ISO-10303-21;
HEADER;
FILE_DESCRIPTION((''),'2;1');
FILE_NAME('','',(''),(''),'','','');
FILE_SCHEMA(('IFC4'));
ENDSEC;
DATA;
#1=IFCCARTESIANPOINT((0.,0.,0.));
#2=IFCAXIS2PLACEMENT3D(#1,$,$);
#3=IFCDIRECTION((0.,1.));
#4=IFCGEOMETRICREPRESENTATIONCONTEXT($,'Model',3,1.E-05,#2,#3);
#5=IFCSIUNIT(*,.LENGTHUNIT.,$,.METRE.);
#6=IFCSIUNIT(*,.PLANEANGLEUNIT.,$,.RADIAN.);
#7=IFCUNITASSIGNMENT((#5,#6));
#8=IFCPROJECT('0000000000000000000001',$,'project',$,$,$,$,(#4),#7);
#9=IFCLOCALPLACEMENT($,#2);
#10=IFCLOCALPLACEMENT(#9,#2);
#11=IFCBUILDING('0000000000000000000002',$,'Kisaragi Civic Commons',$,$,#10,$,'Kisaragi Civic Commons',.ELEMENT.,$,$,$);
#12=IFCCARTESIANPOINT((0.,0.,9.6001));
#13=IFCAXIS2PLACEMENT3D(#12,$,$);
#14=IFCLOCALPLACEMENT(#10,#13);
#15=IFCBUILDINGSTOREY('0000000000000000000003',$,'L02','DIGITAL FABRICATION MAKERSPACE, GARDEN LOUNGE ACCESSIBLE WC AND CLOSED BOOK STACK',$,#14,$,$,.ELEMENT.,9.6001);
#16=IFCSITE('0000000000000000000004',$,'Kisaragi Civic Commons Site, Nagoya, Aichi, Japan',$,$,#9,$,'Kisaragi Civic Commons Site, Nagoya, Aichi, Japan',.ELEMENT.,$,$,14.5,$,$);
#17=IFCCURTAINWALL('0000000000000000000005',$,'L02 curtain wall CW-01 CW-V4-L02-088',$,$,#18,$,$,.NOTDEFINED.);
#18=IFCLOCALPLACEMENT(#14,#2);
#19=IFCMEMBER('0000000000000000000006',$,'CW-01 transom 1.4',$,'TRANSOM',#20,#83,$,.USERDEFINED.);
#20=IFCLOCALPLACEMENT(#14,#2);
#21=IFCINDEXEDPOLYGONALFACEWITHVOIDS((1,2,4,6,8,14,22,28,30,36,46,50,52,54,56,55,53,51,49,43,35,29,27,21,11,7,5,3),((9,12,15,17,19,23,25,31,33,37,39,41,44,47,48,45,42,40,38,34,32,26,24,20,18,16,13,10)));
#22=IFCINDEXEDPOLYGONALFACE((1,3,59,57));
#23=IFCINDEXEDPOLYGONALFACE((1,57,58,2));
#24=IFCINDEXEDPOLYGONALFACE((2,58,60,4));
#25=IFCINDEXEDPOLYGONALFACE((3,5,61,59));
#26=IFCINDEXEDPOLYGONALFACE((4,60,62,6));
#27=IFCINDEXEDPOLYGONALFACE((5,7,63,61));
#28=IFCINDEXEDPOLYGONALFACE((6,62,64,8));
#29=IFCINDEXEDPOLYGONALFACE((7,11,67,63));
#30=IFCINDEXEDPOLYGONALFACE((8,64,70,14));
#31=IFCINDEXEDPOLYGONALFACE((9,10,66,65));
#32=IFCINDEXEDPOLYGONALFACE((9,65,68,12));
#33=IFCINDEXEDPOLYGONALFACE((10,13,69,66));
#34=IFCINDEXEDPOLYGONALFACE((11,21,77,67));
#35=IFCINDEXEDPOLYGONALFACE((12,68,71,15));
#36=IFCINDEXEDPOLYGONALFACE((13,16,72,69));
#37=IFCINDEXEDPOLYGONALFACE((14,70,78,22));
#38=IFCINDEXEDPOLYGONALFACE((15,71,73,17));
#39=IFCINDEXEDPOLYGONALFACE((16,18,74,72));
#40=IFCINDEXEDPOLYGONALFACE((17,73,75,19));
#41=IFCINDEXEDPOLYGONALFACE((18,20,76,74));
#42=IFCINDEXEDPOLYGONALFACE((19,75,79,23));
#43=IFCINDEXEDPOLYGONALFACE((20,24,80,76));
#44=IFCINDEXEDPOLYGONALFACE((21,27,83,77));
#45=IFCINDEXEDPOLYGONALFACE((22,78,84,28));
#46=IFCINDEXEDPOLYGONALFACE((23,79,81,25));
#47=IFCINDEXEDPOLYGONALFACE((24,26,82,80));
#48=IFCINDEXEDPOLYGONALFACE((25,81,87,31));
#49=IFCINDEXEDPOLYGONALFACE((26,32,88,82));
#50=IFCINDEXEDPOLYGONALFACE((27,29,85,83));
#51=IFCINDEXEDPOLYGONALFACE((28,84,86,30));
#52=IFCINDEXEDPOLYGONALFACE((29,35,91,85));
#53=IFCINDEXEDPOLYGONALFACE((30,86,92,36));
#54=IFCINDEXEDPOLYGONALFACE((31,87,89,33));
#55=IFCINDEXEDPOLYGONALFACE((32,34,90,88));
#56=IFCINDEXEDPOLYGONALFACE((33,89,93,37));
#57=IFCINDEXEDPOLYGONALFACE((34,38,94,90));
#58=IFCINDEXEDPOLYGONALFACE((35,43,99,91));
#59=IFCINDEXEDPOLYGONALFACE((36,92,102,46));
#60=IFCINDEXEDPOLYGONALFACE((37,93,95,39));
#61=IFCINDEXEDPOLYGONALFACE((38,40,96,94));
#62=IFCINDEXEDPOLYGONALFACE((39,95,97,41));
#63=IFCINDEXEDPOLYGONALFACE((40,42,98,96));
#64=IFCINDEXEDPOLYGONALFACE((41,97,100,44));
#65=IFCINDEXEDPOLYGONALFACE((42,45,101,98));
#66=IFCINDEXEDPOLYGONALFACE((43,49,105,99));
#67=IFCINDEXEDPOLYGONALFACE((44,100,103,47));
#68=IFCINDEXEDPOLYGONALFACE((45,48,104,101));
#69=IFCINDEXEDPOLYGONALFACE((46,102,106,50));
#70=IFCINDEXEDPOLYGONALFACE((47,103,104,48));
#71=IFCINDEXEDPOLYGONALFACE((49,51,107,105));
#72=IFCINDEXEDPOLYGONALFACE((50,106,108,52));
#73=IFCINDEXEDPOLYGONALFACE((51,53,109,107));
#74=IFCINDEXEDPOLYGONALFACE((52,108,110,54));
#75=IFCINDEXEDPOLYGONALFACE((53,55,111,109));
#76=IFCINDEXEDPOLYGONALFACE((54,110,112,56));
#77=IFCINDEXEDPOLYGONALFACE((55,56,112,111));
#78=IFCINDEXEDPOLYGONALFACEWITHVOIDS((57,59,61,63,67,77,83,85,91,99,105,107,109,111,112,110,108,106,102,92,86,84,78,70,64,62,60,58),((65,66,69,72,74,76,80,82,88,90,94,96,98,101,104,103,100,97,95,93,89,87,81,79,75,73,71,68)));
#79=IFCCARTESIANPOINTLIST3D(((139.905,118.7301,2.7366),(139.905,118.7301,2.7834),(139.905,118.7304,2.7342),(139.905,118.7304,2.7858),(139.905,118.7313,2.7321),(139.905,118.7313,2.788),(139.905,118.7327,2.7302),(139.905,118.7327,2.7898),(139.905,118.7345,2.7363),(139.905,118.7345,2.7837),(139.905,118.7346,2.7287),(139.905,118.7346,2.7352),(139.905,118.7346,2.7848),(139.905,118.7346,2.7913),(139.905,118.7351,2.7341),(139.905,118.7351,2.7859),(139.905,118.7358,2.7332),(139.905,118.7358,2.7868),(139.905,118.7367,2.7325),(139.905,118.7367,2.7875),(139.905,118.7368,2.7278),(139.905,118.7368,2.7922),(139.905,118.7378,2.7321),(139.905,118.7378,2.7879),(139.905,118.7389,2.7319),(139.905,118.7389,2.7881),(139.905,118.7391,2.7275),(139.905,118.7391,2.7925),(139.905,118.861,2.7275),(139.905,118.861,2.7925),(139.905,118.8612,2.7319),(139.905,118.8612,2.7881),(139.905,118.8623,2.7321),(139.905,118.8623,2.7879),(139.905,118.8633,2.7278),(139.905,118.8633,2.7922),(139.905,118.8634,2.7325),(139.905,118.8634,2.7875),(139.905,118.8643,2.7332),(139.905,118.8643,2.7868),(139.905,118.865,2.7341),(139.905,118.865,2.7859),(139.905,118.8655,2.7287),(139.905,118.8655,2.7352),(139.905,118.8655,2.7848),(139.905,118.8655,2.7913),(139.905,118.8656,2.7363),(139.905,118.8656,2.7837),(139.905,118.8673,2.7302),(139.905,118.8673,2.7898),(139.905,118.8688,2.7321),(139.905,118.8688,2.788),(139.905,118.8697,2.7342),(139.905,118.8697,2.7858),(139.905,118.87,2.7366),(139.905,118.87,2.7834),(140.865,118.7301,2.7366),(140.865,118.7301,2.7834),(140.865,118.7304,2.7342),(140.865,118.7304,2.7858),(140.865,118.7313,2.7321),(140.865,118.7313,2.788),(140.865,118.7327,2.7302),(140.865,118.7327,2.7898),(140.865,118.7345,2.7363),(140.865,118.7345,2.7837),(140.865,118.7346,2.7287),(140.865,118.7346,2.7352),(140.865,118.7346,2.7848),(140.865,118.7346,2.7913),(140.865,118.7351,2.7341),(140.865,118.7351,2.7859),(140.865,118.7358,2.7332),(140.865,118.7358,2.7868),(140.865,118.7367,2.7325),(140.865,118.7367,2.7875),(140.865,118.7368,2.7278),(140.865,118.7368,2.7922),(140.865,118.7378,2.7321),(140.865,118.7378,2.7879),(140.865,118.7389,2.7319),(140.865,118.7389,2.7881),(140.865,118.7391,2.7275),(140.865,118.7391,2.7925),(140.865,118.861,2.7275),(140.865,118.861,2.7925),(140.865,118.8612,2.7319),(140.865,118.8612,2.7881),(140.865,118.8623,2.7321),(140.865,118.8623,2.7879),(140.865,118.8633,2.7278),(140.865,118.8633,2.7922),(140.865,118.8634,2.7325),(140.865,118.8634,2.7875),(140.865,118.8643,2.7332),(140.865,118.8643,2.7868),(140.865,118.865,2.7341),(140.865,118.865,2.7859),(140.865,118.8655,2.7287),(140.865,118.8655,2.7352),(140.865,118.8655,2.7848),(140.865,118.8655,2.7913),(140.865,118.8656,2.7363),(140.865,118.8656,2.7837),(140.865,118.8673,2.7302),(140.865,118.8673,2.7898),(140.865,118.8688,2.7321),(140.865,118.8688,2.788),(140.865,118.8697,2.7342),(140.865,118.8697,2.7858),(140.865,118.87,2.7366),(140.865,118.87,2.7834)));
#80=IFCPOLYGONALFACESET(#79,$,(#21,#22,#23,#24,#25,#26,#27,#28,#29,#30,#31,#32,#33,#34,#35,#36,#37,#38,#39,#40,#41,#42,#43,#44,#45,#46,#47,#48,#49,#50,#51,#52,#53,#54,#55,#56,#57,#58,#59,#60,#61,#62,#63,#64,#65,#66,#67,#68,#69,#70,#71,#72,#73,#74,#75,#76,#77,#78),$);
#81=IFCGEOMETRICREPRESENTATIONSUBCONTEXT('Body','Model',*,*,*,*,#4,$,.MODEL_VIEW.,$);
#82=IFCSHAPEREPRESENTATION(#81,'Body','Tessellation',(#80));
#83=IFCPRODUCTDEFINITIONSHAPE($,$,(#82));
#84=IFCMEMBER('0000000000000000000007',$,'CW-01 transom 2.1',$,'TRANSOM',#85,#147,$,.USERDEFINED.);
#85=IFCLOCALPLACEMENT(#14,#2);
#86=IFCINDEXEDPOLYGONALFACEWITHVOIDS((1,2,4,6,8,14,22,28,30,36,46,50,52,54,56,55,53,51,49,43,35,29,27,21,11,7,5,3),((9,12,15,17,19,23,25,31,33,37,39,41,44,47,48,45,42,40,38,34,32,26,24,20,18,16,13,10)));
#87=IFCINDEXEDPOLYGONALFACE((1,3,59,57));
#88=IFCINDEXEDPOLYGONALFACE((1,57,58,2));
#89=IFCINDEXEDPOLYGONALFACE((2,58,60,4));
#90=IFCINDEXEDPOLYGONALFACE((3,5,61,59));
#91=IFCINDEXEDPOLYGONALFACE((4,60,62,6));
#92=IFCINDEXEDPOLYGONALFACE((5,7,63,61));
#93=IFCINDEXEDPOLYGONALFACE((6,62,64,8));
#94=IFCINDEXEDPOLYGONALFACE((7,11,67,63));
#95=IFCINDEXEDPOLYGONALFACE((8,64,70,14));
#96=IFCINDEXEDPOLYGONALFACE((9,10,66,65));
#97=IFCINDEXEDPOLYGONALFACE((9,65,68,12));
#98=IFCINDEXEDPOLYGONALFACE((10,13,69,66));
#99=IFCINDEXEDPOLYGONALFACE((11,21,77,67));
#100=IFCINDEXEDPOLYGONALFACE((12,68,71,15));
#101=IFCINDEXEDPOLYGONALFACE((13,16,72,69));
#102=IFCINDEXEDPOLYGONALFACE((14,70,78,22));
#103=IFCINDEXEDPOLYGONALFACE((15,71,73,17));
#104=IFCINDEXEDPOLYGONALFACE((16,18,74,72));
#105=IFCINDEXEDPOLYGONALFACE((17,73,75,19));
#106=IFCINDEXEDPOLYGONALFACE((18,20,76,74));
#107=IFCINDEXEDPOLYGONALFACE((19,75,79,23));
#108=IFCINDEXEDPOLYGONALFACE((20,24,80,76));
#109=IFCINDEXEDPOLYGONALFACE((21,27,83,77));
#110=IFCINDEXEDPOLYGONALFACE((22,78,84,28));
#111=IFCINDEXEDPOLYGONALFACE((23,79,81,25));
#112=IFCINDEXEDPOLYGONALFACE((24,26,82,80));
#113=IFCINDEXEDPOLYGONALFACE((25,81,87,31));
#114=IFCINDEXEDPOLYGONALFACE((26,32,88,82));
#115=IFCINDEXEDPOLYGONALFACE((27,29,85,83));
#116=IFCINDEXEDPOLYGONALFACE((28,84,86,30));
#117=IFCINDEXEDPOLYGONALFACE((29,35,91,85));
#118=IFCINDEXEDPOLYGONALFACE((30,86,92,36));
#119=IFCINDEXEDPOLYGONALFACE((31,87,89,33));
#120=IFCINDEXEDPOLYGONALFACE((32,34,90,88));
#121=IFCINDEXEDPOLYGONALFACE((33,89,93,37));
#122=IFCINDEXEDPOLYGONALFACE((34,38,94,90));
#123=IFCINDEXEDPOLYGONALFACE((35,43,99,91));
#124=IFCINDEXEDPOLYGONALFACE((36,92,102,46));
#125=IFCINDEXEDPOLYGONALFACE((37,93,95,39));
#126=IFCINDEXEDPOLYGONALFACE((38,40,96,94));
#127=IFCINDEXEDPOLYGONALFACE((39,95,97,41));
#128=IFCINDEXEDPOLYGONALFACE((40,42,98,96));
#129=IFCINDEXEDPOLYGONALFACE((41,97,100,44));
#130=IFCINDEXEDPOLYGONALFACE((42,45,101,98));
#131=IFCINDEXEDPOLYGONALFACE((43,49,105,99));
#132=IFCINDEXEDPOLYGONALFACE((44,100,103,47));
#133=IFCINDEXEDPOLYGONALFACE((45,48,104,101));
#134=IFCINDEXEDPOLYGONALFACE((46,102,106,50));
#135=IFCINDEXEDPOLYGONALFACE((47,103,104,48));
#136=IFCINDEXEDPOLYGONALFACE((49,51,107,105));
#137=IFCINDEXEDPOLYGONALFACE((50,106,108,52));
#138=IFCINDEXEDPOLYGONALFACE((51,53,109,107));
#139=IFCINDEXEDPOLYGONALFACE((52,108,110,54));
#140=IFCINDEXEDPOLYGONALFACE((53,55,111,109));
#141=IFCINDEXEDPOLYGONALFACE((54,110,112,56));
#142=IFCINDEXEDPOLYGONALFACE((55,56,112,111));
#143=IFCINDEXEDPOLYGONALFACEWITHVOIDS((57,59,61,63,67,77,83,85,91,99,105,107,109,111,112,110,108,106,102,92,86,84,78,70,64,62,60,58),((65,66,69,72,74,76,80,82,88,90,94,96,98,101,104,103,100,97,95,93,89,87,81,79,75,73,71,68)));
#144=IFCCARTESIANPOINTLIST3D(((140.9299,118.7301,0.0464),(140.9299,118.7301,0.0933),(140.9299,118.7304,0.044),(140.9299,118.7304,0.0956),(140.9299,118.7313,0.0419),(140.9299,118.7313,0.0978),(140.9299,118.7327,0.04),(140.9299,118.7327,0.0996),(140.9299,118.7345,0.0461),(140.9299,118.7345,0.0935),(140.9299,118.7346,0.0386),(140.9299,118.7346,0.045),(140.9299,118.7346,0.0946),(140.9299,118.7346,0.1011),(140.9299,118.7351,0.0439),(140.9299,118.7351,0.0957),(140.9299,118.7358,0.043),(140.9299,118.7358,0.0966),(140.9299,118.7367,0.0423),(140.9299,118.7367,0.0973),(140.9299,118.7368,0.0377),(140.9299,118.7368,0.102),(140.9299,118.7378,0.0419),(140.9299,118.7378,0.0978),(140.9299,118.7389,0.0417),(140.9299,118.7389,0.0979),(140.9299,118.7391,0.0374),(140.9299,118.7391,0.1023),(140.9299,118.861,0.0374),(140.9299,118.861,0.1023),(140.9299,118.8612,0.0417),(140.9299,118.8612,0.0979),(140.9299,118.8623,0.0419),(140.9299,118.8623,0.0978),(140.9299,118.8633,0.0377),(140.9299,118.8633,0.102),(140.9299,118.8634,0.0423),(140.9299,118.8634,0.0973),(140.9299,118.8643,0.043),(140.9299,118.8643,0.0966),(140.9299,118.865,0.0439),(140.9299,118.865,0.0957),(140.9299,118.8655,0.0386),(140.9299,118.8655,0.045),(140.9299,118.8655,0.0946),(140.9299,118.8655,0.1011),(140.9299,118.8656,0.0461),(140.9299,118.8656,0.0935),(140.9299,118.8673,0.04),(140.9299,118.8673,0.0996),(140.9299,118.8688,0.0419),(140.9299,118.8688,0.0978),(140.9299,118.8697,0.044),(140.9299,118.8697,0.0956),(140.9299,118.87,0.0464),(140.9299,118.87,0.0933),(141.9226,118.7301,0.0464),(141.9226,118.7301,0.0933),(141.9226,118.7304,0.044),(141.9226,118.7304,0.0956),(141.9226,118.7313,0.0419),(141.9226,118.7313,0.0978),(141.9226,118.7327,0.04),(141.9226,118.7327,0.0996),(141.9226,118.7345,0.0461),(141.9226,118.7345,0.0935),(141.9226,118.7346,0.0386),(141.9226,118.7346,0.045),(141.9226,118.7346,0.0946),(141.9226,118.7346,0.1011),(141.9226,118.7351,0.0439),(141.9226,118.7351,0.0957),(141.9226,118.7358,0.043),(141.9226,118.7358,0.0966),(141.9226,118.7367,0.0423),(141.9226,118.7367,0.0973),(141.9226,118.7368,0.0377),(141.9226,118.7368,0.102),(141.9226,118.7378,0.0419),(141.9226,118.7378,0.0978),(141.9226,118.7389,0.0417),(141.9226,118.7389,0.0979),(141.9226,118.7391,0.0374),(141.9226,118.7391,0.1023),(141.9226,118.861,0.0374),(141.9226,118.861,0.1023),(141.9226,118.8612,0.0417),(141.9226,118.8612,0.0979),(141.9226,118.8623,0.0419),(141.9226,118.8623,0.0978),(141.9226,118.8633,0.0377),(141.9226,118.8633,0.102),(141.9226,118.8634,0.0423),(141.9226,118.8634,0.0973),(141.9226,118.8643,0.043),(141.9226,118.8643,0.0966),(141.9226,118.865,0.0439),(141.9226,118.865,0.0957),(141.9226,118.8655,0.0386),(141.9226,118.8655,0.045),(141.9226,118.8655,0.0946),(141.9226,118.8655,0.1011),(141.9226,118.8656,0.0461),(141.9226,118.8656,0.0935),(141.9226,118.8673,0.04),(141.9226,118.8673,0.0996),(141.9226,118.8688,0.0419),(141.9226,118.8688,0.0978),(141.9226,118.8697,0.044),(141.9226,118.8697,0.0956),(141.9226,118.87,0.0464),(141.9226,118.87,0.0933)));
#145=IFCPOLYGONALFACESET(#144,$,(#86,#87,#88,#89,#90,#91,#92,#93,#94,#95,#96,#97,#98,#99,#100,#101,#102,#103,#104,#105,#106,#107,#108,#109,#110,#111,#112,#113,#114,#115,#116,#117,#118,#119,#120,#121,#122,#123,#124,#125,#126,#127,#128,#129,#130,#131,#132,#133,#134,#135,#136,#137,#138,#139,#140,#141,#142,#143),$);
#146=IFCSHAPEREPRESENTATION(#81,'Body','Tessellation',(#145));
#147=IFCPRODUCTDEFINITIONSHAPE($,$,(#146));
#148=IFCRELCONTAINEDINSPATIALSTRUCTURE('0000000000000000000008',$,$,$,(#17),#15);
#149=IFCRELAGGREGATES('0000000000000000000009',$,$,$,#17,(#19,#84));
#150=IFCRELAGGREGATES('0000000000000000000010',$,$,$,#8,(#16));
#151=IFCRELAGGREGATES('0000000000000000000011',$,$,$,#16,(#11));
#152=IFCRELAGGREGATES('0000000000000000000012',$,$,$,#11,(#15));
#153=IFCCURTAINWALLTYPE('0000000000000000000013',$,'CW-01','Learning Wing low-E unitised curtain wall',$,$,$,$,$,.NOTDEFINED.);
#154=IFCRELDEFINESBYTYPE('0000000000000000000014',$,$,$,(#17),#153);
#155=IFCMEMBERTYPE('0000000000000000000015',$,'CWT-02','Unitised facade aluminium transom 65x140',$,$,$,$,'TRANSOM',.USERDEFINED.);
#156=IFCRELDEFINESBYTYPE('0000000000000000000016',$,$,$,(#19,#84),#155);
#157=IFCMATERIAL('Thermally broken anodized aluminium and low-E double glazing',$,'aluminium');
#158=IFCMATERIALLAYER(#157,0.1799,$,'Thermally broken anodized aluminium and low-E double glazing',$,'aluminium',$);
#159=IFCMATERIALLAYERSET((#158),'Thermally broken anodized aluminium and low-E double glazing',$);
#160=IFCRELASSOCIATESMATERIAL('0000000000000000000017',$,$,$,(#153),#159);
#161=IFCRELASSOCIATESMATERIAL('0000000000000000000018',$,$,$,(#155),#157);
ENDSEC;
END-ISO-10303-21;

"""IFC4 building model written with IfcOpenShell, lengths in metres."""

from ifc_helpers import new_model, si_unit, direction, frame, origin, origin_2d, place, context, subcontext, project, spatial, hollow_rectangle, extrude, material, layer, layer_set, material_profile, profile_set, type_object, element, aggregate, save


model = new_model("IFC4")

# Units and contexts
model_context = context("Model", 3, precision=1e-05, world=origin(), true_north=direction((0.0, 1.0)))
body_context = subcontext(model_context, "Body", "Model", "MODEL_VIEW")
ifc_project = project(units=[si_unit("LENGTHUNIT", "METRE"), si_unit("PLANEANGLEUNIT", "RADIAN")], contexts=[model_context])

# Site, building, storey
site_placement = place(None, origin())
site = spatial("IfcSite", under=ifc_project, at=site_placement, Name="Kisaragi Civic Commons Site, Nagoya, Aichi, Japan", LongName="Kisaragi Civic Commons Site, Nagoya, Aichi, Japan", CompositionType="ELEMENT", RefElevation=14.5)
building_placement = place(site_placement, origin())
building = spatial("IfcBuilding", under=site, at=building_placement, Name="Kisaragi Civic Commons", LongName="Kisaragi Civic Commons", CompositionType="ELEMENT")
storey_placement = place(building_placement, frame((0.0, 0.0, 9.6001)))
storey = spatial("IfcBuildingStorey", under=building, at=storey_placement, Name="L02", Description="DIGITAL FABRICATION MAKERSPACE, GARDEN LOUNGE ACCESSIBLE WC AND CLOSED BOOK STACK", CompositionType="ELEMENT", Elevation=9.6001)

# Curtain wall
ifc_material = material(Name="Thermally broken anodized aluminium and low-E double glazing", Category="aluminium")
ifc_layer_1 = layer(ifc_material, 0.1799, Name="Thermally broken anodized aluminium and low-E double glazing", Category="aluminium")
ifc_layer_set_1 = layer_set([ifc_layer_1], Name="Thermally broken anodized aluminium and low-E double glazing")
curtain_wall_type = type_object("IfcCurtainWallType", Name="CW-01", Description="Learning Wing low-E unitised curtain wall", PredefinedType="NOTDEFINED", material=ifc_layer_set_1)
curtain_wall_1_placement = place(storey_placement, origin())
curtain_wall_1 = element("IfcCurtainWall", 1, at=curtain_wall_1_placement, inside=storey, type_object=curtain_wall_type, Name="L02 curtain wall CW-01 CW-V4-L02-088", PredefinedType="NOTDEFINED")

# Members
ifc_material_profile_1 = material_profile(ifc_material, hollow_rectangle(XDim=0.1399, YDim=0.0649, WallThickness=0.0044, InnerFilletRadius=0.0044, OuterFilletRadius=0.009, at=origin_2d()), Name="CWT-65x140x4.5", Category="aluminium")
ifc_profile_set_1 = profile_set([ifc_material_profile_1], Name="Thermally broken anodized aluminium and low-E double glazing")
member_type_1 = type_object("IfcMemberType", Name="CWT-02", Description="Unitised facade aluminium transom 65x140", ElementType="TRANSOM", PredefinedType="USERDEFINED", material=ifc_profile_set_1)
member_1_placement = place(storey_placement, frame((139.905, 118.8, 2.76), z_axis=(1.0, 0.0, 0.0), x_axis=(0.0, 1.0, 0.0)))
member_1 = element("IfcMember", 2, at=member_1_placement, type_object=member_type_1, Name="CW-01 transom 1.4", ObjectType="TRANSOM", PredefinedType="USERDEFINED", context=body_context, shape_type="SweptSolid", body=[
    extrude(hollow_rectangle(XDim=0.1399, YDim=0.0649, WallThickness=0.0044, InnerFilletRadius=0.0044, OuterFilletRadius=0.009, at=origin_2d()), origin(), (0.0, 0.0, 1.0), 0.96),
])
member_2_placement = place(storey_placement, frame((140.9299, 118.8, 0.0698), z_axis=(1.0, 0.0, 0.0), x_axis=(0.0, 1.0, 0.0)))
member_2 = element("IfcMember", 3, at=member_2_placement, type_object=member_type_1, Name="CW-01 transom 2.1", ObjectType="TRANSOM", PredefinedType="USERDEFINED", context=body_context, shape_type="SweptSolid", body=[
    extrude(hollow_rectangle(XDim=0.1399, YDim=0.0649, WallThickness=0.0044, InnerFilletRadius=0.0044, OuterFilletRadius=0.009, at=origin_2d()), origin(), (0.0, 0.0, 1.0), 0.9927),
])

aggregate(curtain_wall_1, [member_1, member_2])

save(model, "model.ifc")
